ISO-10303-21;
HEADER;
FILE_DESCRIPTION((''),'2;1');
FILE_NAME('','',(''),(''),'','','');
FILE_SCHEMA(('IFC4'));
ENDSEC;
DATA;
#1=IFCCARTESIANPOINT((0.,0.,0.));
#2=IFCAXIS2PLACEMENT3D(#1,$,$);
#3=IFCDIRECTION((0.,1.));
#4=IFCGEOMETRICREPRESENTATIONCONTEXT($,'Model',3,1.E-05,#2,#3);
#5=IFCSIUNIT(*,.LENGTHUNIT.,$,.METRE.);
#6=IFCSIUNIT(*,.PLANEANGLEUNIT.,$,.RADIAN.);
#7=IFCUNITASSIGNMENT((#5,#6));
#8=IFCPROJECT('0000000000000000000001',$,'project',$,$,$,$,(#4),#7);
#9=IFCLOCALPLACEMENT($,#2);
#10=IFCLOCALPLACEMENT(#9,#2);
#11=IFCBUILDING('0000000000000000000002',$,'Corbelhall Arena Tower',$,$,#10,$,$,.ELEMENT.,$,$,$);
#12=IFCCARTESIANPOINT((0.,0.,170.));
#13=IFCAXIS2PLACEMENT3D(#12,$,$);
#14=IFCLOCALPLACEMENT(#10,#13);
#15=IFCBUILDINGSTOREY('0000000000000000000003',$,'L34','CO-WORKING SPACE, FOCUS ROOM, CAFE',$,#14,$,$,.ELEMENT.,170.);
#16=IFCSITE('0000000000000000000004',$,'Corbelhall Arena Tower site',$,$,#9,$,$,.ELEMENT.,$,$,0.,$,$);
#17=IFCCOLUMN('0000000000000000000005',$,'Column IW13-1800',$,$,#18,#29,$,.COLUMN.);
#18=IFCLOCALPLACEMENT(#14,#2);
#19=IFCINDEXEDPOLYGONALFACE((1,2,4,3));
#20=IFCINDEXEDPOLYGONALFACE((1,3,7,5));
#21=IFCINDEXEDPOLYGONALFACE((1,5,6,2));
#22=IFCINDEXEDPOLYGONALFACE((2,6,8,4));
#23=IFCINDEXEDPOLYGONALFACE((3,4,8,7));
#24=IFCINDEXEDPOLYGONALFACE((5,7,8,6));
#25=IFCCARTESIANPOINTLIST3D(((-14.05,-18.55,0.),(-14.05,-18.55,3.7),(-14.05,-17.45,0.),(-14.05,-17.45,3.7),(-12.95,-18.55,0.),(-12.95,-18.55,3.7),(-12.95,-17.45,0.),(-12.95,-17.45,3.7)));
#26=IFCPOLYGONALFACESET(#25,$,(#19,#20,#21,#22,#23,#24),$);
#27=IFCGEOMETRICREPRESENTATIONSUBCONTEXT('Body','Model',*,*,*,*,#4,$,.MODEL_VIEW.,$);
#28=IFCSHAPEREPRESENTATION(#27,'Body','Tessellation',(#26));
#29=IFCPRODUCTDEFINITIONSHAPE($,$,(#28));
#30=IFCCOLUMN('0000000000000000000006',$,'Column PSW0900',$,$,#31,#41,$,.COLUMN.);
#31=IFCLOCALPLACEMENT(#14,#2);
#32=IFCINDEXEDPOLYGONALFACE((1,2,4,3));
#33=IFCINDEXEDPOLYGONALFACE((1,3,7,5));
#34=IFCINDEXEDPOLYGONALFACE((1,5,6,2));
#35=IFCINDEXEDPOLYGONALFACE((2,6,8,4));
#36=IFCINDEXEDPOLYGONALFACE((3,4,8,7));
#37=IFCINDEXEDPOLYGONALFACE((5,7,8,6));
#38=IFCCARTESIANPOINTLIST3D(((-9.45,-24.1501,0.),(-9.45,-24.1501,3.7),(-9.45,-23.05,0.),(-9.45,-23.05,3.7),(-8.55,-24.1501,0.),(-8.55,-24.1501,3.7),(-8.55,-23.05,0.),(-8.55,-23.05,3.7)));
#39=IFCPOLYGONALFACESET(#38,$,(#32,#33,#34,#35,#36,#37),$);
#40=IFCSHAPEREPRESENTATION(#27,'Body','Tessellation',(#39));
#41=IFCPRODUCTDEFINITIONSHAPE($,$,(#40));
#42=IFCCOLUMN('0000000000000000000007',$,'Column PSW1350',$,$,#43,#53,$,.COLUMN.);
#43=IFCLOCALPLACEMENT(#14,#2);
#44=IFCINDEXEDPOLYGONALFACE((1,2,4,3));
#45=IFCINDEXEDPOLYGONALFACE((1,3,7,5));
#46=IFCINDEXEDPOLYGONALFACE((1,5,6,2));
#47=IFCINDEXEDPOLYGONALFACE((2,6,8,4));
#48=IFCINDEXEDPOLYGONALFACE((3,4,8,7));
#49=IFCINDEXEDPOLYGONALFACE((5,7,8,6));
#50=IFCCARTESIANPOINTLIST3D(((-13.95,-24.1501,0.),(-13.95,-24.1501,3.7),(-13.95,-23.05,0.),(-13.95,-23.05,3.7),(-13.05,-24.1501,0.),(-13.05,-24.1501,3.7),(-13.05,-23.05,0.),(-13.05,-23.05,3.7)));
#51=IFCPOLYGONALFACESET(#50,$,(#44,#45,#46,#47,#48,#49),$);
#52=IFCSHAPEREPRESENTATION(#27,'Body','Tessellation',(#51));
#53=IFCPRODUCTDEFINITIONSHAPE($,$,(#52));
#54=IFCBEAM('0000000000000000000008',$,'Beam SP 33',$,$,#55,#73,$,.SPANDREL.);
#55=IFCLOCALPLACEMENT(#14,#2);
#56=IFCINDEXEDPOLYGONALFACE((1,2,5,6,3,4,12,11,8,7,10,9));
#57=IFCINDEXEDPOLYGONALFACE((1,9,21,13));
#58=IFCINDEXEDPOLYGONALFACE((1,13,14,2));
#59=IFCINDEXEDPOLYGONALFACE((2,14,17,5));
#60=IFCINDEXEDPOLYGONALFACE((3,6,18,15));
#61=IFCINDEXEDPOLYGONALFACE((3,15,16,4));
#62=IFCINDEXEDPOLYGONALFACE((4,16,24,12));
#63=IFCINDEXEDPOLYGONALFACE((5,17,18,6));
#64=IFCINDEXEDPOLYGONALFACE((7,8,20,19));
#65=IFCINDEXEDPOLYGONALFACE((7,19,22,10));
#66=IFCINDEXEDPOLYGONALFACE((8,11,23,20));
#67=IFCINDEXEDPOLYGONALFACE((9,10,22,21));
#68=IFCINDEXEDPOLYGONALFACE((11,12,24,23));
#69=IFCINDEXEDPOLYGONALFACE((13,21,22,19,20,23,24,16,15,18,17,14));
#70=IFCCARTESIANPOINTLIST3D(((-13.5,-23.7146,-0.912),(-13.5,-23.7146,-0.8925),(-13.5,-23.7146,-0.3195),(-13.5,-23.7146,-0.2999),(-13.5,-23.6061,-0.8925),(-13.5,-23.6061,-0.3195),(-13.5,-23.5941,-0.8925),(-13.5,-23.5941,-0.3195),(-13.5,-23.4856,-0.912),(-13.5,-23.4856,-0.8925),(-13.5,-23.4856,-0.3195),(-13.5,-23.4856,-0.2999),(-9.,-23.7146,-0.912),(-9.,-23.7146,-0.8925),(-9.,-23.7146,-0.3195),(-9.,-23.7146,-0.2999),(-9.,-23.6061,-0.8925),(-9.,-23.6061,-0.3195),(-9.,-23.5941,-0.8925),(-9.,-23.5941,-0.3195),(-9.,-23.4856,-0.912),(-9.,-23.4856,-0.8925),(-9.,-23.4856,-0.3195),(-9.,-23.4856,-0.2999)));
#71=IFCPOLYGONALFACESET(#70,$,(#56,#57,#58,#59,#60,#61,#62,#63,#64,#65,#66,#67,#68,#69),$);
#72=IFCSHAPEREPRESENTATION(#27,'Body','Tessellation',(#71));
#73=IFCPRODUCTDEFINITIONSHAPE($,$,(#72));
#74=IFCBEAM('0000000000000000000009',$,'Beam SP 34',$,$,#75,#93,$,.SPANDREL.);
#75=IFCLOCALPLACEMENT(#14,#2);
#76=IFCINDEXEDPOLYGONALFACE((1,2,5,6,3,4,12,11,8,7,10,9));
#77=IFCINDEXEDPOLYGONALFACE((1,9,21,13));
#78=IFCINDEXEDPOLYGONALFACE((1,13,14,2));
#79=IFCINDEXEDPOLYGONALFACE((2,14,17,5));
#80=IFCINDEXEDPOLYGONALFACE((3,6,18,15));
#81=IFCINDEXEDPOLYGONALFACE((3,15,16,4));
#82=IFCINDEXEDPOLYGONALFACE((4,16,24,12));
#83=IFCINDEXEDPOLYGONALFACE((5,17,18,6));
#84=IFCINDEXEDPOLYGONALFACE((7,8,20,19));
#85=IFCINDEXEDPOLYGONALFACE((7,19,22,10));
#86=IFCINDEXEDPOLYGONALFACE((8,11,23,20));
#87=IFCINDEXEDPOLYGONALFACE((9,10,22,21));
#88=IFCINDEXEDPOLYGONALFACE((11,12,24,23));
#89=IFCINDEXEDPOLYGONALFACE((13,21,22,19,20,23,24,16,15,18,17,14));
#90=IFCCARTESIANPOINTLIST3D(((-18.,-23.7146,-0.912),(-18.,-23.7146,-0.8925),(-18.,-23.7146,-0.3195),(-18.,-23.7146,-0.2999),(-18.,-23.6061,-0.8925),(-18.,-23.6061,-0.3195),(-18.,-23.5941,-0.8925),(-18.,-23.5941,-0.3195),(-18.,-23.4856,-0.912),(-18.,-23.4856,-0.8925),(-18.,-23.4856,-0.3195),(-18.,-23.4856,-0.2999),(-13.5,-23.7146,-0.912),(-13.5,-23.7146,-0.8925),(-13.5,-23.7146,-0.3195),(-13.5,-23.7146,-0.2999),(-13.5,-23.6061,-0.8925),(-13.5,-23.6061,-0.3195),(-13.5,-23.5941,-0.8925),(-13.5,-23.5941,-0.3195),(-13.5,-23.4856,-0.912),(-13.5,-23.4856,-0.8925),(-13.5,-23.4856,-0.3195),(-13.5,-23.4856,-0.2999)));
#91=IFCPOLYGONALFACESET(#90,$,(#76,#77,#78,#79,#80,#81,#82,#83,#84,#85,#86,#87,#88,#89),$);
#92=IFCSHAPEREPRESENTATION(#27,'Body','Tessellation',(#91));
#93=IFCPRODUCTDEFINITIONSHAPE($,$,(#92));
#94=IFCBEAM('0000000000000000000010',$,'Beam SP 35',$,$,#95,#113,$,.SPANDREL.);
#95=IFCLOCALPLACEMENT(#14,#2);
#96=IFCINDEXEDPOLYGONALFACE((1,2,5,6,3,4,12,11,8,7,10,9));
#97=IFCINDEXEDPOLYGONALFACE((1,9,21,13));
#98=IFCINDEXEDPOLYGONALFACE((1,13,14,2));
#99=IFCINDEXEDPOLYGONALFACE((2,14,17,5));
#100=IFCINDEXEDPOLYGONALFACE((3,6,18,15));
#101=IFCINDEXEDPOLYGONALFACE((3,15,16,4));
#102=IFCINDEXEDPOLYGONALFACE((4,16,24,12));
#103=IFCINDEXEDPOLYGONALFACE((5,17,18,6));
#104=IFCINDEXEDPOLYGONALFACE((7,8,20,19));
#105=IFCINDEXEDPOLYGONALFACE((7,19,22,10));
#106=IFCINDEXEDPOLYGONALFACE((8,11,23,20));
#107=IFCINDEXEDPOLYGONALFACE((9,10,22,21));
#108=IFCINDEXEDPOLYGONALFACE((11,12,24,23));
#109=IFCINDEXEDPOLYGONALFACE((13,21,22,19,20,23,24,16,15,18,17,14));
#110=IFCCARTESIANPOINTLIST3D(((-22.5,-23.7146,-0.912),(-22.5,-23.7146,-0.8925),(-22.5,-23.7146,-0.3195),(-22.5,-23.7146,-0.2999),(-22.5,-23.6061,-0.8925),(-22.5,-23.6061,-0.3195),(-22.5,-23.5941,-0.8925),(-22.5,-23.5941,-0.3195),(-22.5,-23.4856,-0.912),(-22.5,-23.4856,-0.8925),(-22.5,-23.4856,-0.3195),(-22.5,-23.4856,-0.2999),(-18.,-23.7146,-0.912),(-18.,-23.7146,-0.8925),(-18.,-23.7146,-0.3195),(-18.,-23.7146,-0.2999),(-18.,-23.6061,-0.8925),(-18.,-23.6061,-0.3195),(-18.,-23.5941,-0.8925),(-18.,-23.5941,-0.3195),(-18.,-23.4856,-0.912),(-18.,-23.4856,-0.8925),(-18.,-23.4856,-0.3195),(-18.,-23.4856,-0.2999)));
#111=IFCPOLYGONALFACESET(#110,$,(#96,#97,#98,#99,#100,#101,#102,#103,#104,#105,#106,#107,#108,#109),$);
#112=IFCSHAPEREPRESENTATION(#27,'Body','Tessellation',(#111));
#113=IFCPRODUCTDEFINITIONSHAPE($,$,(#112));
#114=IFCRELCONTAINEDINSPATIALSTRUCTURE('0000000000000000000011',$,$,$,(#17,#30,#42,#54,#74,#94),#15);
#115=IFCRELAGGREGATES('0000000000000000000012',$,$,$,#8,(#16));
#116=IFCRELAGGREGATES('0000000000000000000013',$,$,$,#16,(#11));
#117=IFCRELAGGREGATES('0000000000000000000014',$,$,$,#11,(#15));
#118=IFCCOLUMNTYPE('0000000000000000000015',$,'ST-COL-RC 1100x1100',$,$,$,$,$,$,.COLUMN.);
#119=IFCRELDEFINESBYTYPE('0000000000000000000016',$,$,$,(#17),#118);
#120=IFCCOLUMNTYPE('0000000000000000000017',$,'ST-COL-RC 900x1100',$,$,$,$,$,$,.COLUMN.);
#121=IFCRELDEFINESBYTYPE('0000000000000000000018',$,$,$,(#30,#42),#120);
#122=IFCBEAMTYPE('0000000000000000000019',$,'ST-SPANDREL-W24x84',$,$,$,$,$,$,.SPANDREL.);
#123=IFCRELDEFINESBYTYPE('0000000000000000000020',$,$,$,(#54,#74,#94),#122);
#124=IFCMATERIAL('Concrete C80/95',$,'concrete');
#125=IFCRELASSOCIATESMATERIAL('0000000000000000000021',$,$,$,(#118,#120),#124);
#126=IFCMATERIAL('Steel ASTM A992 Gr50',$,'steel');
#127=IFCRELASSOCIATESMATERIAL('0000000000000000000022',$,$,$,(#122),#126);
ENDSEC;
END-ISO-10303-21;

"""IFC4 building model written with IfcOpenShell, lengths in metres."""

from ifc_helpers import new_model, si_unit, direction, frame, origin, origin_2d, place, context, subcontext, project, spatial, rectangle, i_section, extrude, material, material_profile, profile_set, type_object, element, save


model = new_model("IFC4")

# Units and contexts
model_context = context("Model", 3, precision=1e-05, world=origin(), true_north=direction((0.0, 1.0)))
body_context = subcontext(model_context, "Body", "Model", "MODEL_VIEW")
ifc_project = project(units=[si_unit("LENGTHUNIT", "METRE"), si_unit("PLANEANGLEUNIT", "RADIAN")], contexts=[model_context])

# Site, building, storey
site_placement = place(None, origin())
site = spatial("IfcSite", under=ifc_project, at=site_placement, Name="Corbelhall Arena Tower site", CompositionType="ELEMENT", RefElevation=0.0)
building_placement = place(site_placement, origin())
building = spatial("IfcBuilding", under=site, at=building_placement, Name="Corbelhall Arena Tower", CompositionType="ELEMENT")
storey_placement = place(building_placement, frame((0.0, 0.0, 170.0)))
storey = spatial("IfcBuildingStorey", under=building, at=storey_placement, Name="L34", Description="CO-WORKING SPACE, FOCUS ROOM, CAFE", CompositionType="ELEMENT", Elevation=170.0)

# Columns
ifc_material_1 = material(Name="Concrete C80/95", Category="concrete")
ifc_material_profile_1 = material_profile(ifc_material_1, rectangle(XDim=1.1001, YDim=1.1001, at=origin_2d()))
ifc_profile_set_1 = profile_set([ifc_material_profile_1], Name="Concrete C80/95")
column_type_1 = type_object("IfcColumnType", Name="ST-COL-RC 1100x1100", PredefinedType="COLUMN", material=ifc_profile_set_1)
column_placement = place(storey_placement, frame((-13.5, -18.0, 0.0), z_axis=(0.0, 0.0, 1.0), x_axis=(1.0, 0.0, 0.0)))
element("IfcColumn", 1, at=column_placement, inside=storey, type_object=column_type_1, Name="Column IW13-1800", PredefinedType="COLUMN", context=body_context, shape_type="SweptSolid", body=[
    extrude(rectangle(XDim=1.1001, YDim=1.1001, at=origin_2d()), origin(), (0.0, 0.0, 1.0), 3.7),
])
ifc_material_profile_2 = material_profile(ifc_material_1, rectangle(XDim=0.8999, YDim=1.1001, at=origin_2d()))
ifc_profile_set_2 = profile_set([ifc_material_profile_2], Name="Concrete C80/95")
column_type_2 = type_object("IfcColumnType", Name="ST-COL-RC 900x1100", PredefinedType="COLUMN", material=ifc_profile_set_2)
for number, where, z_axis, x_axis, name in (
    (2, (-9.0, -23.6001, 0.0), (0.0, 0.0, 1.0), (1.0, 0.0, 0.0), "Column PSW0900"),
    (3, (-13.5, -23.6001, 0.0), (0.0, 0.0, 1.0), (1.0, 0.0, 0.0), "Column PSW1350"),
):
    element("IfcColumn", number, at=place(storey_placement, frame(where, z_axis=z_axis, x_axis=x_axis)), inside=storey, type_object=column_type_2, Name=name, PredefinedType="COLUMN", context=body_context, shape_type="SweptSolid", body=[
        extrude(rectangle(XDim=0.8999, YDim=1.1001, at=origin_2d()), origin(), (0.0, 0.0, 1.0), 3.7),
    ])

# Beams
ifc_material_2 = material(Name="Steel ASTM A992 Gr50", Category="steel")
ifc_material_profile_3 = material_profile(ifc_material_2, i_section(OverallWidth=0.229, OverallDepth=0.6121, WebThickness=0.012, FlangeThickness=0.0195, at=origin_2d()))
ifc_profile_set_3 = profile_set([ifc_material_profile_3], Name="Steel ASTM A992 Gr50")
beam_type = type_object("IfcBeamType", Name="ST-SPANDREL-W24x84", PredefinedType="SPANDREL", material=ifc_profile_set_3)
for number, where, z_axis, x_axis, name in (
    (4, (-9.0, -23.6001, -0.606), (-1.0, 0.0, 0.0), (0.0, -1.0, 0.0), "Beam SP 33"),
    (5, (-13.5, -23.6001, -0.606), (-1.0, 0.0, 0.0), (0.0, -1.0, 0.0), "Beam SP 34"),
    (6, (-18.0, -23.6001, -0.606), (-1.0, 0.0, 0.0), (0.0, -1.0, 0.0), "Beam SP 35"),
):
    element("IfcBeam", number, at=place(storey_placement, frame(where, z_axis=z_axis, x_axis=x_axis)), inside=storey, type_object=beam_type, Name=name, PredefinedType="SPANDREL", context=body_context, shape_type="SweptSolid", body=[
        extrude(i_section(OverallWidth=0.229, OverallDepth=0.6121, WebThickness=0.012, FlangeThickness=0.0195, at=origin_2d()), origin(), (0.0, 0.0, 1.0), 4.5),
    ])

save(model, "model.ifc")
